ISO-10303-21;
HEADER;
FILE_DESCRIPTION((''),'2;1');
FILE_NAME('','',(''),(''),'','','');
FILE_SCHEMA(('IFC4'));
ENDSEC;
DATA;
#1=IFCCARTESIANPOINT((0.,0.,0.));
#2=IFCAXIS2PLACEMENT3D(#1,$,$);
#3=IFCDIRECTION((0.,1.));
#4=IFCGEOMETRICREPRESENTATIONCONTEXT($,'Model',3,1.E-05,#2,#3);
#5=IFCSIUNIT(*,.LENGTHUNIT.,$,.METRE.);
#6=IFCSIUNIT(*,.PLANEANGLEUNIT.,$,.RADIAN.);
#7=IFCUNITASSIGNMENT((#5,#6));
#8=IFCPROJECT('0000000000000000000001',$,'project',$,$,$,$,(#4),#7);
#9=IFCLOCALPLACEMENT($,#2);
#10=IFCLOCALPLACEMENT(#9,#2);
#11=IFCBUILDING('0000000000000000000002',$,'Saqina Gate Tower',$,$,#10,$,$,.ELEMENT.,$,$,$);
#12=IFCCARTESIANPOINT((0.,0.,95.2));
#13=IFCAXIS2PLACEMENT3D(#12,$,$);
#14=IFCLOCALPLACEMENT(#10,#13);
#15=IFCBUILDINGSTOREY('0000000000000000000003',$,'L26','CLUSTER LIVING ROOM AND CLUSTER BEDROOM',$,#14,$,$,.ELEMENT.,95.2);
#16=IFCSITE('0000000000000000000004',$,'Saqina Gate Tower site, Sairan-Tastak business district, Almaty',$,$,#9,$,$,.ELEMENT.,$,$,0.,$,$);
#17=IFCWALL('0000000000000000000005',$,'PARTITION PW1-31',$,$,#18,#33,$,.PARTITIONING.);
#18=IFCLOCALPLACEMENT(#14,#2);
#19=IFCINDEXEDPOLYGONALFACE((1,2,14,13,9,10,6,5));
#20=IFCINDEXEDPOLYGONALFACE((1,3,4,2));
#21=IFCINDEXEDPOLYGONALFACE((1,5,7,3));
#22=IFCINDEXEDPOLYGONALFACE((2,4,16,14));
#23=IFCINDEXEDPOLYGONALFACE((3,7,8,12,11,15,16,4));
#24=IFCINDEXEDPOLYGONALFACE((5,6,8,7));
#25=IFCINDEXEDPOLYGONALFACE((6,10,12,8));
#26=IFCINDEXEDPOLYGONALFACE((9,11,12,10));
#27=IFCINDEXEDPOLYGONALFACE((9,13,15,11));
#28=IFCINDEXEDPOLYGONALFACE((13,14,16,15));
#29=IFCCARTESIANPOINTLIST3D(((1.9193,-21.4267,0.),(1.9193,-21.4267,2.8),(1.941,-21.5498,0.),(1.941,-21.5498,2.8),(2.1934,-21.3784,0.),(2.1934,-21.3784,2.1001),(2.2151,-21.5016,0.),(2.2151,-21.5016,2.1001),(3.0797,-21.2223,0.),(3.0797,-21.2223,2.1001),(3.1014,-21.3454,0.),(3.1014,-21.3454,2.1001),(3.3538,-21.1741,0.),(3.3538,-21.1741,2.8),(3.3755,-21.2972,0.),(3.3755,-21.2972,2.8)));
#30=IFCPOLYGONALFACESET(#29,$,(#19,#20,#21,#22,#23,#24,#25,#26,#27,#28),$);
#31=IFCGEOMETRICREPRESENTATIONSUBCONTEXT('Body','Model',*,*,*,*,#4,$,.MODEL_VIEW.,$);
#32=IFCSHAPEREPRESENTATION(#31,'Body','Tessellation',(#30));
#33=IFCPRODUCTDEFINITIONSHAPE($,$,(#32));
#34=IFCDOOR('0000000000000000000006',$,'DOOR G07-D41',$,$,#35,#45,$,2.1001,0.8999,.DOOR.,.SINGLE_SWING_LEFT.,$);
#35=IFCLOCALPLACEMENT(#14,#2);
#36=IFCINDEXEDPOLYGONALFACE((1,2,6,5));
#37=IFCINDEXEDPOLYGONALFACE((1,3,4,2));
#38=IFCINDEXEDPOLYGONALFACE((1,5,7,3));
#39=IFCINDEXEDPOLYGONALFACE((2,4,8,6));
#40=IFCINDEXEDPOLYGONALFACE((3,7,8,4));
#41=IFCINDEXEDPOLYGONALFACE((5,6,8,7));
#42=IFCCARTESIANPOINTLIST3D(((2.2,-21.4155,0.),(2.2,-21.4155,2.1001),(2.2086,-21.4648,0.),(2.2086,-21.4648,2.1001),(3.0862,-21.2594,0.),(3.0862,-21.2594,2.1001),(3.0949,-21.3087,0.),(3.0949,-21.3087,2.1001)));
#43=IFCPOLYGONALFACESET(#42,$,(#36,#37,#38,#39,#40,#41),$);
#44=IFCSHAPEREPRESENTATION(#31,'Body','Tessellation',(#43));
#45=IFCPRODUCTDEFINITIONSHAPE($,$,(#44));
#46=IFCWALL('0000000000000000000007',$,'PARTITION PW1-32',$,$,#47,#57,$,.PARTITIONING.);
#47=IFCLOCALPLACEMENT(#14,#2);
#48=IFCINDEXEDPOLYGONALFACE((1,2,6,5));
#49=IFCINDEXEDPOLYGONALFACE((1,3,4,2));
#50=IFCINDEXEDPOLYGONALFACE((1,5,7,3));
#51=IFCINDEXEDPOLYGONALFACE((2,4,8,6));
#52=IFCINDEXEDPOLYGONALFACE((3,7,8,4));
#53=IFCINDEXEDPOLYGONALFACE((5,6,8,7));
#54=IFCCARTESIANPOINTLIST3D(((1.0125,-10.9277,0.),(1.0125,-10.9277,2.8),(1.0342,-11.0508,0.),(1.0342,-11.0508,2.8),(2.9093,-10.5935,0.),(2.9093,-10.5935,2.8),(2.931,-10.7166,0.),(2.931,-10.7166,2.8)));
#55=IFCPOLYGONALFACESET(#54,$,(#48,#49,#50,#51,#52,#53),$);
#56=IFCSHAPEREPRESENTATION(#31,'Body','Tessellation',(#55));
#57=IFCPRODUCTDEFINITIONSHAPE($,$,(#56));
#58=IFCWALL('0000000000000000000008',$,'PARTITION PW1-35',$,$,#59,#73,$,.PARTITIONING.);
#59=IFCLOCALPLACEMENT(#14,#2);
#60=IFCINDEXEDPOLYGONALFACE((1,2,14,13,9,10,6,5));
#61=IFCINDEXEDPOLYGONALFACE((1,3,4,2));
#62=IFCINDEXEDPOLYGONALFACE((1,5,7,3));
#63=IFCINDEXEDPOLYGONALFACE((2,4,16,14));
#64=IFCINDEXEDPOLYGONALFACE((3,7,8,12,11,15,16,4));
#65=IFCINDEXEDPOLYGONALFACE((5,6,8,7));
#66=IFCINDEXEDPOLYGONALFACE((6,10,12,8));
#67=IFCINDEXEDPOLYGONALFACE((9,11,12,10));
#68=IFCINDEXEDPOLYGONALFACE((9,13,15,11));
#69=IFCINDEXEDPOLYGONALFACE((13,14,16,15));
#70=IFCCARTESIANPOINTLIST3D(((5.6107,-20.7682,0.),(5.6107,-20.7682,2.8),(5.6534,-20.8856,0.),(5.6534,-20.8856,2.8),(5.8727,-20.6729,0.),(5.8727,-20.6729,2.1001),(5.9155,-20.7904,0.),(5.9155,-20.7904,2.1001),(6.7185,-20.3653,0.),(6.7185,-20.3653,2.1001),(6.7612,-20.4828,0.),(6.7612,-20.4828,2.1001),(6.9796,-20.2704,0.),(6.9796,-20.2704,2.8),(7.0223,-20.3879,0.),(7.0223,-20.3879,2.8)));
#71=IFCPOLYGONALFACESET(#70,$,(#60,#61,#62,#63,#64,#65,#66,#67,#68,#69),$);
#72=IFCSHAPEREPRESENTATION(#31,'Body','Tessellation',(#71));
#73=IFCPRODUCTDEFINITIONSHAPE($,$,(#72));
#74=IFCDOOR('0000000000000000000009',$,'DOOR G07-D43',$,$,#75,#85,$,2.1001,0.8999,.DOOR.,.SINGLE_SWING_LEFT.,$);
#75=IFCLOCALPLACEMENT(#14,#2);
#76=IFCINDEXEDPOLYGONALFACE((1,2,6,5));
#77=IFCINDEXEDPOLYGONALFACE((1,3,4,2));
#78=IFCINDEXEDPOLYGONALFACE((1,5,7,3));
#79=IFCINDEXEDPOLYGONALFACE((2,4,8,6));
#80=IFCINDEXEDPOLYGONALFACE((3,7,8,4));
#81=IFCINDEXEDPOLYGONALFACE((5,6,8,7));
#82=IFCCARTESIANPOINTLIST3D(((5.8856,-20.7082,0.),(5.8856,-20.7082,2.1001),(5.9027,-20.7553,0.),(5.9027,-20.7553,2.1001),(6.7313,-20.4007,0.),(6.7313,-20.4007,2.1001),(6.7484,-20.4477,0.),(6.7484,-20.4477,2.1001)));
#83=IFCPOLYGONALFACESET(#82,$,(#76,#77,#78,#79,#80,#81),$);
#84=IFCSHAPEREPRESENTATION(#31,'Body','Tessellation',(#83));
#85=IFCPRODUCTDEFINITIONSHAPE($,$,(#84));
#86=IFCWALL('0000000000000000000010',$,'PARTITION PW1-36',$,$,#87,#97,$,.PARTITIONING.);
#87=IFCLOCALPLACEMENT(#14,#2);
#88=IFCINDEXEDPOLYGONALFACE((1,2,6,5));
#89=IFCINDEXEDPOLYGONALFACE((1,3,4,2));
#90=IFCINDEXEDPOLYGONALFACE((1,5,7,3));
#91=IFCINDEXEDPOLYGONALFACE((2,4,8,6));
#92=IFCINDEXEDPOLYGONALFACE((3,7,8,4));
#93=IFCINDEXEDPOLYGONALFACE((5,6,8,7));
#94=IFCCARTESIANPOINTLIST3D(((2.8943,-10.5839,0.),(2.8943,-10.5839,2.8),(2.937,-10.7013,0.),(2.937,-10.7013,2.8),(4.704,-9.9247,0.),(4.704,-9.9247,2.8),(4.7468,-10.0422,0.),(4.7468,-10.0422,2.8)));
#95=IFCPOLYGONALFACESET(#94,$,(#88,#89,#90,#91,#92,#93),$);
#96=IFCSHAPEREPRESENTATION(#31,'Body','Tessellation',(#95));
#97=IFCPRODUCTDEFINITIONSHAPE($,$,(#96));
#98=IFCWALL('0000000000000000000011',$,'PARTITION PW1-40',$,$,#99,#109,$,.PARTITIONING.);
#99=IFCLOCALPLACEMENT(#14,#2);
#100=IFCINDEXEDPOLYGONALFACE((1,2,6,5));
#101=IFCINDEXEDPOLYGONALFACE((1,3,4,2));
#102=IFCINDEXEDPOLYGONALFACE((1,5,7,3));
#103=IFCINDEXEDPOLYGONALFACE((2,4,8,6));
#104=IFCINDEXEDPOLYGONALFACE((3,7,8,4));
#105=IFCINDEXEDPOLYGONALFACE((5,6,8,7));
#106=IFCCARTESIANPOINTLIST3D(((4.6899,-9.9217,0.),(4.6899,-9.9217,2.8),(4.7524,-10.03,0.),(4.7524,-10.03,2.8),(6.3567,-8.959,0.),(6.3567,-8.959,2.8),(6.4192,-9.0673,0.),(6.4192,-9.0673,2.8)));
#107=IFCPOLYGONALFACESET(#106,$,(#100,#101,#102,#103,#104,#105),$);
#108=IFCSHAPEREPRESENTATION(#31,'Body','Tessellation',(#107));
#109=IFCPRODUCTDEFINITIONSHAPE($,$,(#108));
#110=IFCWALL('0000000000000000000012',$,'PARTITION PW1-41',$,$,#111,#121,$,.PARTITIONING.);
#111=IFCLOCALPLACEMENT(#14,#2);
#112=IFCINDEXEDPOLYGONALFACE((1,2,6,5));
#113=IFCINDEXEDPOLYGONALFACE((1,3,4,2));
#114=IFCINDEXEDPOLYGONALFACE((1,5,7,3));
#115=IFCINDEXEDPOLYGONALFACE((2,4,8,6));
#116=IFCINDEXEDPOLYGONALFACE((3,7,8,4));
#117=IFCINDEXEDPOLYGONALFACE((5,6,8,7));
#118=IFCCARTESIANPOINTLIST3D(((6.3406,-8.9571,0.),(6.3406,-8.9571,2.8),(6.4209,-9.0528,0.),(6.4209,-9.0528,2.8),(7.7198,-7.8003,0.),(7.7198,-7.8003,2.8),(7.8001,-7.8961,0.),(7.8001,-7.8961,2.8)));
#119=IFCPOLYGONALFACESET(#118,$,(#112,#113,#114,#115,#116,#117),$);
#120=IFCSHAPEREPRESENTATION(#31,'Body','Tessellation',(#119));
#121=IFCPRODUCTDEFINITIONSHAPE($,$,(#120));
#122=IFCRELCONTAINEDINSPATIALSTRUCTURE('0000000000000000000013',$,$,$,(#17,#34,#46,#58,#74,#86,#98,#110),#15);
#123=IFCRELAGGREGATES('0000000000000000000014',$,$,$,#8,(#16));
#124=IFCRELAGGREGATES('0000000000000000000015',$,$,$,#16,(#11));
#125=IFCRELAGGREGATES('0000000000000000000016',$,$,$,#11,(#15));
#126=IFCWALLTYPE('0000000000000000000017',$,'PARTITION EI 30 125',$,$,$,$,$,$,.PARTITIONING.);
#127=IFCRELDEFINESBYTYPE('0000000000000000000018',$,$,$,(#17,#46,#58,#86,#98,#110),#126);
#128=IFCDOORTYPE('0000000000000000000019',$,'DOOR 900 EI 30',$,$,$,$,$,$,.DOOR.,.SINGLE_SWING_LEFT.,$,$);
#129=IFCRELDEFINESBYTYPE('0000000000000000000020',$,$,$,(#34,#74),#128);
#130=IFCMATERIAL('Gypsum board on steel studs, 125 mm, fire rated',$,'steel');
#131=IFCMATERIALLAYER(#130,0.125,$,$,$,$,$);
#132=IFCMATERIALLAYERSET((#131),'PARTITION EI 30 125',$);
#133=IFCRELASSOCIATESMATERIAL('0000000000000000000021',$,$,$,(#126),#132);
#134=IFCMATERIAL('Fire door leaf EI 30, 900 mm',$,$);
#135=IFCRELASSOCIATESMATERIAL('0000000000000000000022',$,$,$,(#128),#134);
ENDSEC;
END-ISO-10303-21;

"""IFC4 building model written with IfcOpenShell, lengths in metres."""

from ifc_helpers import new_model, si_unit, direction, frame, frame_2d, origin, place, context, subcontext, project, spatial, rectangle, extrude, material, layer, layer_set, type_object, element, fill, save


model = new_model("IFC4")

# Units and contexts
model_context = context("Model", 3, precision=1e-05, world=origin(), true_north=direction((0.0, 1.0)))
body_context = subcontext(model_context, "Body", "Model", "MODEL_VIEW")
ifc_project = project(units=[si_unit("LENGTHUNIT", "METRE"), si_unit("PLANEANGLEUNIT", "RADIAN")], contexts=[model_context])

# Site, building, storey
site_placement = place(None, origin())
site = spatial("IfcSite", under=ifc_project, at=site_placement, Name="Saqina Gate Tower site, Sairan-Tastak business district, Almaty", CompositionType="ELEMENT", RefElevation=0.0)
building_placement = place(site_placement, origin())
building = spatial("IfcBuilding", under=site, at=building_placement, Name="Saqina Gate Tower", CompositionType="ELEMENT")
storey_placement = place(building_placement, frame((0.0, 0.0, 95.2)))
storey = spatial("IfcBuildingStorey", under=building, at=storey_placement, Name="L26", Description="CLUSTER LIVING ROOM AND CLUSTER BEDROOM", CompositionType="ELEMENT", Elevation=95.2)

# Wall, opening, door
ifc_material_1 = material(Name="Gypsum board on steel studs, 125 mm, fire rated", Category="steel")
ifc_layer_1 = layer(ifc_material_1, 0.125)
ifc_layer_set_1 = layer_set([ifc_layer_1], Name="PARTITION EI 30 125")
wall_type_1 = type_object("IfcWallType", Name="PARTITION EI 30 125", PredefinedType="PARTITIONING", material=ifc_layer_set_1)
wall_1_placement = place(storey_placement, frame((1.9302, -21.4883, 0.0), z_axis=(0.0, 0.0, 1.0), x_axis=(0.984839, 0.17347, 0.0)))
wall_1 = element("IfcWall", 1, at=wall_1_placement, inside=storey, type_object=wall_type_1, Name="PARTITION PW1-31", PredefinedType="PARTITIONING", context=body_context, shape_type="SweptSolid", body=[
    extrude(rectangle(XDim=1.4565, YDim=0.125, at=frame_2d((0.7283, 0.0))), origin(), (0.0, 0.0, 1.0), 2.8),
])
opening_1_placement = place(wall_1_placement, frame((0.2783, 0.0, 0.0)))
opening_1 = element("IfcOpeningElement", 2, at=opening_1_placement, cuts=wall_1, PredefinedType="OPENING", context=body_context, shape_type="SweptSolid", body=[
    extrude(rectangle(XDim=0.8999, YDim=2.1001, at=frame_2d((0.45, 1.05))), frame((0.0, 0.0745, 0.0), z_axis=(0.0, -1.0, 0.0), x_axis=(1.0, 0.0, 0.0)), (0.0, 0.0, 1.0), 0.1489),
])
ifc_material_2 = material(Name="Fire door leaf EI 30, 900 mm")
door_type_1 = type_object("IfcDoorType", Name="DOOR 900 EI 30", OperationType="SINGLE_SWING_LEFT", PredefinedType="DOOR", material=ifc_material_2)
door_1_placement = place(opening_1_placement, origin())
door_1 = element("IfcDoor", 3, at=door_1_placement, inside=storey, type_object=door_type_1, Name="DOOR G07-D41", OperationType="SINGLE_SWING_LEFT", OverallHeight=2.1001, OverallWidth=0.8999, PredefinedType="DOOR", context=body_context, shape_type="SweptSolid", body=[
    extrude(rectangle(XDim=0.8999, YDim=2.1001, at=frame_2d((0.45, 1.05))), frame((0.0, 0.0249, 0.0), z_axis=(0.0, -1.0, 0.0), x_axis=(1.0, 0.0, 0.0)), (0.0, 0.0, 1.0), 0.05),
])
fill(opening_1, door_1)

# Wall
wall_2_placement = place(storey_placement, frame((1.0234, -10.9893, 0.0), z_axis=(0.0, 0.0, 1.0), x_axis=(0.984827, 0.173539, 0.0)))
element("IfcWall", 4, at=wall_2_placement, inside=storey, type_object=wall_type_1, Name="PARTITION PW1-32", PredefinedType="PARTITIONING", context=body_context, shape_type="SweptSolid", body=[
    extrude(rectangle(XDim=1.926, YDim=0.125, at=frame_2d((0.9629, 0.0))), origin(), (0.0, 0.0, 1.0), 2.8),
])

# Wall, opening, door
wall_3_placement = place(storey_placement, frame((5.6321, -20.8269, 0.0), z_axis=(0.0, 0.0, 1.0), x_axis=(0.939789, 0.341757, 0.0)))
wall_3 = element("IfcWall", 5, at=wall_3_placement, inside=storey, type_object=wall_type_1, Name="PARTITION PW1-35", PredefinedType="PARTITIONING", context=body_context, shape_type="SweptSolid", body=[
    extrude(rectangle(XDim=1.4565, YDim=0.125, at=frame_2d((0.7283, 0.0))), origin(), (0.0, 0.0, 1.0), 2.8),
])
opening_2_placement = place(wall_3_placement, frame((0.2788, 0.0, 0.0)))
opening_2 = element("IfcOpeningElement", 6, at=opening_2_placement, cuts=wall_3, PredefinedType="OPENING", context=body_context, shape_type="SweptSolid", body=[
    extrude(rectangle(XDim=0.8999, YDim=2.1001, at=frame_2d((0.45, 1.05))), frame((0.0, 0.0745, 0.0), z_axis=(0.0, -1.0, 0.0), x_axis=(1.0, 0.0, 0.0)), (0.0, 0.0, 1.0), 0.1489),
])
door_2_placement = place(opening_2_placement, origin())
door_2 = element("IfcDoor", 7, at=door_2_placement, inside=storey, type_object=door_type_1, Name="DOOR G07-D43", OperationType="SINGLE_SWING_LEFT", OverallHeight=2.1001, OverallWidth=0.8999, PredefinedType="DOOR", context=body_context, shape_type="SweptSolid", body=[
    extrude(rectangle(XDim=0.8999, YDim=2.1001, at=frame_2d((0.45, 1.05))), frame((0.0, 0.0249, 0.0), z_axis=(0.0, -1.0, 0.0), x_axis=(1.0, 0.0, 0.0)), (0.0, 0.0, 1.0), 0.05),
])
fill(opening_2, door_2)

# Walls
wall_4_placement = place(storey_placement, frame((2.9158, -10.6426, 0.0), z_axis=(0.0, 0.0, 1.0), x_axis=(0.939616, 0.342232, 0.0)))
element("IfcWall", 8, at=wall_4_placement, inside=storey, type_object=wall_type_1, Name="PARTITION PW1-36", PredefinedType="PARTITIONING", context=body_context, shape_type="SweptSolid", body=[
    extrude(rectangle(XDim=1.926, YDim=0.125, at=frame_2d((0.9629, 0.0))), origin(), (0.0, 0.0, 1.0), 2.8),
])
wall_5_placement = place(storey_placement, frame((4.7212, -9.9758, 0.0), z_axis=(0.0, 0.0, 1.0), x_axis=(0.865947, 0.500136, 0.0)))
element("IfcWall", 9, at=wall_5_placement, inside=storey, type_object=wall_type_1, Name="PARTITION PW1-40", PredefinedType="PARTITIONING", context=body_context, shape_type="SweptSolid", body=[
    extrude(rectangle(XDim=1.9248, YDim=0.125, at=frame_2d((0.9624, 0.0))), origin(), (0.0, 0.0, 1.0), 2.8),
])
wall_6_placement = place(storey_placement, frame((6.3809, -9.0049, 0.0), z_axis=(0.0, 0.0, 1.0), x_axis=(0.766183, 0.642623, 0.0)))
element("IfcWall", 10, at=wall_6_placement, inside=storey, type_object=wall_type_1, Name="PARTITION PW1-41", PredefinedType="PARTITIONING", context=body_context, shape_type="SweptSolid", body=[
    extrude(rectangle(XDim=1.8, YDim=0.125, at=frame_2d((0.8999, 0.0))), origin(), (0.0, 0.0, 1.0), 2.8),
])

save(model, "model.ifc")
